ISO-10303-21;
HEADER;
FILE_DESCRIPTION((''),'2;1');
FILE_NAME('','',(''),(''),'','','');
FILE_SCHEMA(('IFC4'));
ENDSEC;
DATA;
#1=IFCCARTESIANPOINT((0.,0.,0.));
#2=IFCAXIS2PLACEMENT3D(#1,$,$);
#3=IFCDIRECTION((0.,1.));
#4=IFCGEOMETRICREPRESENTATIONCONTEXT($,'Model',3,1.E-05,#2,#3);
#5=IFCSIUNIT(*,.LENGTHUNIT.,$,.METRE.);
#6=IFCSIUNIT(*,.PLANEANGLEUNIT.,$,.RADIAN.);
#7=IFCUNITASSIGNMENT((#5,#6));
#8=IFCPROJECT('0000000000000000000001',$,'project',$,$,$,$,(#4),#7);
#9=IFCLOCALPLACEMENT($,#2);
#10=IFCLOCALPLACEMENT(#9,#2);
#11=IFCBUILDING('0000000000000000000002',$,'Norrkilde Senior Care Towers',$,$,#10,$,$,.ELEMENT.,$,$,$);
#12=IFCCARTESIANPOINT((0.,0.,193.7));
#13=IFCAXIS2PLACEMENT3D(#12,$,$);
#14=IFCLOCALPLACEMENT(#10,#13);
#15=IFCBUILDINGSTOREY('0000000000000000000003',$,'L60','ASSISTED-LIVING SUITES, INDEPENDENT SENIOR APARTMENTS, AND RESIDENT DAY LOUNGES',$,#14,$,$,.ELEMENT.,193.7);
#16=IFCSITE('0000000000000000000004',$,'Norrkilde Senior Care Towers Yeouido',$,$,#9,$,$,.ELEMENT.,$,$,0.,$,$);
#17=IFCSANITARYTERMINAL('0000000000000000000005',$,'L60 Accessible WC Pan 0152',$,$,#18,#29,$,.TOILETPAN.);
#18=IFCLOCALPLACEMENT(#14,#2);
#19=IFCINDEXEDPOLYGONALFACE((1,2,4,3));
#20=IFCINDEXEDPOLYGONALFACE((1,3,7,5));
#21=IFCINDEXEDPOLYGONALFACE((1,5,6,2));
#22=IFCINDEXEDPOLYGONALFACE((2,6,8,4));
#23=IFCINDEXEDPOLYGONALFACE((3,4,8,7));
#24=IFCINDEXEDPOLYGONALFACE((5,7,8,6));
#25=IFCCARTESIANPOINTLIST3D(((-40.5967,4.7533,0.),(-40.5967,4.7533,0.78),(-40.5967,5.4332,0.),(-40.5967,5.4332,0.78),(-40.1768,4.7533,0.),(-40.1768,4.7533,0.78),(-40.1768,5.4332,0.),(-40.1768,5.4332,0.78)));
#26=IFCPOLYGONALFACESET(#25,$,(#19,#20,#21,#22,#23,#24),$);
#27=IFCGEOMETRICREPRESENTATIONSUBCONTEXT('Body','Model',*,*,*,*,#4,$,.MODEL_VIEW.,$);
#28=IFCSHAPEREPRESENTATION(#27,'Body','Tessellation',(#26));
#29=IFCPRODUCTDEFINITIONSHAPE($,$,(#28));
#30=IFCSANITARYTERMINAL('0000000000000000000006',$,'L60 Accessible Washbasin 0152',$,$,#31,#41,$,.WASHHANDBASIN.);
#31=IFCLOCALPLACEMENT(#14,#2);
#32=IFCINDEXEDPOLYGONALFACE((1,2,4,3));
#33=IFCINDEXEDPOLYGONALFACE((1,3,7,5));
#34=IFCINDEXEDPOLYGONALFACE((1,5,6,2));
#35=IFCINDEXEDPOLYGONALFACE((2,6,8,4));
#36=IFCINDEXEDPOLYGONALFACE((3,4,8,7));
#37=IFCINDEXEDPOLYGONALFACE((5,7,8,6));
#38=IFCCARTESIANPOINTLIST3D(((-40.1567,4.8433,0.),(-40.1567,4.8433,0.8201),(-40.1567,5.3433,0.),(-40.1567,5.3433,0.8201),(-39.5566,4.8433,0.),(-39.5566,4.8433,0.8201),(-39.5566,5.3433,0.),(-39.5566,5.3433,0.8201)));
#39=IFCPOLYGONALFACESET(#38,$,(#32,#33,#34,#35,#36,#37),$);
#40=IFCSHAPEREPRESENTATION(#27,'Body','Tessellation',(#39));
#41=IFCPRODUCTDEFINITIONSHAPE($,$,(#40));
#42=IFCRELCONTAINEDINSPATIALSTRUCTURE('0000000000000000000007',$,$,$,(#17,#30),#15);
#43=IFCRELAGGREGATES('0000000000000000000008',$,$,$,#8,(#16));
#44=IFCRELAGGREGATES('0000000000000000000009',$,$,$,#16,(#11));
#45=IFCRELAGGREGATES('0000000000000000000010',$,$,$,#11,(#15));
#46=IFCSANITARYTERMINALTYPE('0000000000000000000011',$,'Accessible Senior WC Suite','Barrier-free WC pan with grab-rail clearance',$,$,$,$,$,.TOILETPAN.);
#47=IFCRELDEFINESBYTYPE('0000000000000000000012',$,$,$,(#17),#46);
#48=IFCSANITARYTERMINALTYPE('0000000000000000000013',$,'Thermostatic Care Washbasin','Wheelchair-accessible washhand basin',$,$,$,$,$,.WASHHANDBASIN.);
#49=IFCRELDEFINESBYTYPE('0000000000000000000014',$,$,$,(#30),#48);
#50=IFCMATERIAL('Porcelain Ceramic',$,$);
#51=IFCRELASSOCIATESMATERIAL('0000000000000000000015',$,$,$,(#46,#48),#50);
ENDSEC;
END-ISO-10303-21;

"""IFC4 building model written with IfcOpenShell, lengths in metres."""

from ifc_helpers import new_model, si_unit, direction, frame, origin, origin_2d, place, context, subcontext, project, spatial, rectangle, extrude, source, transform, mapped, material, type_object, type_shapes, element, save


model = new_model("IFC4")

# Units and contexts
model_context = context("Model", 3, precision=1e-05, world=origin(), true_north=direction((0.0, 1.0)))
body_context = subcontext(model_context, "Body", "Model", "MODEL_VIEW")
ifc_project = project(units=[si_unit("LENGTHUNIT", "METRE"), si_unit("PLANEANGLEUNIT", "RADIAN")], contexts=[model_context])

# Site, building, storey
site_placement = place(None, origin())
site = spatial("IfcSite", under=ifc_project, at=site_placement, Name="Norrkilde Senior Care Towers Yeouido", CompositionType="ELEMENT", RefElevation=0.0)
building_placement = place(site_placement, origin())
building = spatial("IfcBuilding", under=site, at=building_placement, Name="Norrkilde Senior Care Towers", CompositionType="ELEMENT")
storey_placement = place(building_placement, frame((0.0, 0.0, 193.7)))
storey = spatial("IfcBuildingStorey", under=building, at=storey_placement, Name="L60", Description="ASSISTED-LIVING SUITES, INDEPENDENT SENIOR APARTMENTS, AND RESIDENT DAY LOUNGES", CompositionType="ELEMENT", Elevation=193.7)

# Sanitary terminals
ifc_material_1 = material(Name="Porcelain Ceramic")
sanitary_terminal_type_1 = type_object("IfcSanitaryTerminalType", Name="Accessible Senior WC Suite", Description="Barrier-free WC pan with grab-rail clearance", PredefinedType="TOILETPAN", material=ifc_material_1)
shared_shape_1 = source(origin(), body_context, "Body", "SweptSolid", [
    extrude(rectangle(XDim=0.4199, YDim=0.6799, at=origin_2d()), origin(), (0.0, 0.0, 1.0), 0.78),
])
type_shapes(sanitary_terminal_type_1, [shared_shape_1])
sanitary_terminal_1_placement = place(storey_placement, frame((-40.3867, 5.0933, 0.0), z_axis=(0.0, 0.0, 1.0), x_axis=(1.0, 0.0, 0.0)))
element("IfcSanitaryTerminal", 1, at=sanitary_terminal_1_placement, inside=storey, type_object=sanitary_terminal_type_1, Name="L60 Accessible WC Pan 0152", PredefinedType="TOILETPAN", context=body_context, shape_type="MappedRepresentation", body=[
    mapped(shared_shape_1, transform((0.0, 0.0, 0.0), x_axis=(1.0, 0.0, 0.0), y_axis=(0.0, 1.0, 0.0), z_axis=(0.0, 0.0, 1.0), scale=1.0)),
])
sanitary_terminal_type_2 = type_object("IfcSanitaryTerminalType", Name="Thermostatic Care Washbasin", Description="Wheelchair-accessible washhand basin", PredefinedType="WASHHANDBASIN", material=ifc_material_1)
shared_shape_2 = source(origin(), body_context, "Body", "SweptSolid", [
    extrude(rectangle(XDim=0.6001, YDim=0.5, at=origin_2d()), origin(), (0.0, 0.0, 1.0), 0.8201),
])
type_shapes(sanitary_terminal_type_2, [shared_shape_2])
sanitary_terminal_2_placement = place(storey_placement, frame((-39.8567, 5.0933, 0.0), z_axis=(0.0, 0.0, 1.0), x_axis=(1.0, 0.0, 0.0)))
element("IfcSanitaryTerminal", 2, at=sanitary_terminal_2_placement, inside=storey, type_object=sanitary_terminal_type_2, Name="L60 Accessible Washbasin 0152", PredefinedType="WASHHANDBASIN", context=body_context, shape_type="MappedRepresentation", body=[
    mapped(shared_shape_2, transform((0.0, 0.0, 0.0), x_axis=(1.0, 0.0, 0.0), y_axis=(0.0, 1.0, 0.0), z_axis=(0.0, 0.0, 1.0), scale=1.0)),
])

save(model, "model.ifc")
